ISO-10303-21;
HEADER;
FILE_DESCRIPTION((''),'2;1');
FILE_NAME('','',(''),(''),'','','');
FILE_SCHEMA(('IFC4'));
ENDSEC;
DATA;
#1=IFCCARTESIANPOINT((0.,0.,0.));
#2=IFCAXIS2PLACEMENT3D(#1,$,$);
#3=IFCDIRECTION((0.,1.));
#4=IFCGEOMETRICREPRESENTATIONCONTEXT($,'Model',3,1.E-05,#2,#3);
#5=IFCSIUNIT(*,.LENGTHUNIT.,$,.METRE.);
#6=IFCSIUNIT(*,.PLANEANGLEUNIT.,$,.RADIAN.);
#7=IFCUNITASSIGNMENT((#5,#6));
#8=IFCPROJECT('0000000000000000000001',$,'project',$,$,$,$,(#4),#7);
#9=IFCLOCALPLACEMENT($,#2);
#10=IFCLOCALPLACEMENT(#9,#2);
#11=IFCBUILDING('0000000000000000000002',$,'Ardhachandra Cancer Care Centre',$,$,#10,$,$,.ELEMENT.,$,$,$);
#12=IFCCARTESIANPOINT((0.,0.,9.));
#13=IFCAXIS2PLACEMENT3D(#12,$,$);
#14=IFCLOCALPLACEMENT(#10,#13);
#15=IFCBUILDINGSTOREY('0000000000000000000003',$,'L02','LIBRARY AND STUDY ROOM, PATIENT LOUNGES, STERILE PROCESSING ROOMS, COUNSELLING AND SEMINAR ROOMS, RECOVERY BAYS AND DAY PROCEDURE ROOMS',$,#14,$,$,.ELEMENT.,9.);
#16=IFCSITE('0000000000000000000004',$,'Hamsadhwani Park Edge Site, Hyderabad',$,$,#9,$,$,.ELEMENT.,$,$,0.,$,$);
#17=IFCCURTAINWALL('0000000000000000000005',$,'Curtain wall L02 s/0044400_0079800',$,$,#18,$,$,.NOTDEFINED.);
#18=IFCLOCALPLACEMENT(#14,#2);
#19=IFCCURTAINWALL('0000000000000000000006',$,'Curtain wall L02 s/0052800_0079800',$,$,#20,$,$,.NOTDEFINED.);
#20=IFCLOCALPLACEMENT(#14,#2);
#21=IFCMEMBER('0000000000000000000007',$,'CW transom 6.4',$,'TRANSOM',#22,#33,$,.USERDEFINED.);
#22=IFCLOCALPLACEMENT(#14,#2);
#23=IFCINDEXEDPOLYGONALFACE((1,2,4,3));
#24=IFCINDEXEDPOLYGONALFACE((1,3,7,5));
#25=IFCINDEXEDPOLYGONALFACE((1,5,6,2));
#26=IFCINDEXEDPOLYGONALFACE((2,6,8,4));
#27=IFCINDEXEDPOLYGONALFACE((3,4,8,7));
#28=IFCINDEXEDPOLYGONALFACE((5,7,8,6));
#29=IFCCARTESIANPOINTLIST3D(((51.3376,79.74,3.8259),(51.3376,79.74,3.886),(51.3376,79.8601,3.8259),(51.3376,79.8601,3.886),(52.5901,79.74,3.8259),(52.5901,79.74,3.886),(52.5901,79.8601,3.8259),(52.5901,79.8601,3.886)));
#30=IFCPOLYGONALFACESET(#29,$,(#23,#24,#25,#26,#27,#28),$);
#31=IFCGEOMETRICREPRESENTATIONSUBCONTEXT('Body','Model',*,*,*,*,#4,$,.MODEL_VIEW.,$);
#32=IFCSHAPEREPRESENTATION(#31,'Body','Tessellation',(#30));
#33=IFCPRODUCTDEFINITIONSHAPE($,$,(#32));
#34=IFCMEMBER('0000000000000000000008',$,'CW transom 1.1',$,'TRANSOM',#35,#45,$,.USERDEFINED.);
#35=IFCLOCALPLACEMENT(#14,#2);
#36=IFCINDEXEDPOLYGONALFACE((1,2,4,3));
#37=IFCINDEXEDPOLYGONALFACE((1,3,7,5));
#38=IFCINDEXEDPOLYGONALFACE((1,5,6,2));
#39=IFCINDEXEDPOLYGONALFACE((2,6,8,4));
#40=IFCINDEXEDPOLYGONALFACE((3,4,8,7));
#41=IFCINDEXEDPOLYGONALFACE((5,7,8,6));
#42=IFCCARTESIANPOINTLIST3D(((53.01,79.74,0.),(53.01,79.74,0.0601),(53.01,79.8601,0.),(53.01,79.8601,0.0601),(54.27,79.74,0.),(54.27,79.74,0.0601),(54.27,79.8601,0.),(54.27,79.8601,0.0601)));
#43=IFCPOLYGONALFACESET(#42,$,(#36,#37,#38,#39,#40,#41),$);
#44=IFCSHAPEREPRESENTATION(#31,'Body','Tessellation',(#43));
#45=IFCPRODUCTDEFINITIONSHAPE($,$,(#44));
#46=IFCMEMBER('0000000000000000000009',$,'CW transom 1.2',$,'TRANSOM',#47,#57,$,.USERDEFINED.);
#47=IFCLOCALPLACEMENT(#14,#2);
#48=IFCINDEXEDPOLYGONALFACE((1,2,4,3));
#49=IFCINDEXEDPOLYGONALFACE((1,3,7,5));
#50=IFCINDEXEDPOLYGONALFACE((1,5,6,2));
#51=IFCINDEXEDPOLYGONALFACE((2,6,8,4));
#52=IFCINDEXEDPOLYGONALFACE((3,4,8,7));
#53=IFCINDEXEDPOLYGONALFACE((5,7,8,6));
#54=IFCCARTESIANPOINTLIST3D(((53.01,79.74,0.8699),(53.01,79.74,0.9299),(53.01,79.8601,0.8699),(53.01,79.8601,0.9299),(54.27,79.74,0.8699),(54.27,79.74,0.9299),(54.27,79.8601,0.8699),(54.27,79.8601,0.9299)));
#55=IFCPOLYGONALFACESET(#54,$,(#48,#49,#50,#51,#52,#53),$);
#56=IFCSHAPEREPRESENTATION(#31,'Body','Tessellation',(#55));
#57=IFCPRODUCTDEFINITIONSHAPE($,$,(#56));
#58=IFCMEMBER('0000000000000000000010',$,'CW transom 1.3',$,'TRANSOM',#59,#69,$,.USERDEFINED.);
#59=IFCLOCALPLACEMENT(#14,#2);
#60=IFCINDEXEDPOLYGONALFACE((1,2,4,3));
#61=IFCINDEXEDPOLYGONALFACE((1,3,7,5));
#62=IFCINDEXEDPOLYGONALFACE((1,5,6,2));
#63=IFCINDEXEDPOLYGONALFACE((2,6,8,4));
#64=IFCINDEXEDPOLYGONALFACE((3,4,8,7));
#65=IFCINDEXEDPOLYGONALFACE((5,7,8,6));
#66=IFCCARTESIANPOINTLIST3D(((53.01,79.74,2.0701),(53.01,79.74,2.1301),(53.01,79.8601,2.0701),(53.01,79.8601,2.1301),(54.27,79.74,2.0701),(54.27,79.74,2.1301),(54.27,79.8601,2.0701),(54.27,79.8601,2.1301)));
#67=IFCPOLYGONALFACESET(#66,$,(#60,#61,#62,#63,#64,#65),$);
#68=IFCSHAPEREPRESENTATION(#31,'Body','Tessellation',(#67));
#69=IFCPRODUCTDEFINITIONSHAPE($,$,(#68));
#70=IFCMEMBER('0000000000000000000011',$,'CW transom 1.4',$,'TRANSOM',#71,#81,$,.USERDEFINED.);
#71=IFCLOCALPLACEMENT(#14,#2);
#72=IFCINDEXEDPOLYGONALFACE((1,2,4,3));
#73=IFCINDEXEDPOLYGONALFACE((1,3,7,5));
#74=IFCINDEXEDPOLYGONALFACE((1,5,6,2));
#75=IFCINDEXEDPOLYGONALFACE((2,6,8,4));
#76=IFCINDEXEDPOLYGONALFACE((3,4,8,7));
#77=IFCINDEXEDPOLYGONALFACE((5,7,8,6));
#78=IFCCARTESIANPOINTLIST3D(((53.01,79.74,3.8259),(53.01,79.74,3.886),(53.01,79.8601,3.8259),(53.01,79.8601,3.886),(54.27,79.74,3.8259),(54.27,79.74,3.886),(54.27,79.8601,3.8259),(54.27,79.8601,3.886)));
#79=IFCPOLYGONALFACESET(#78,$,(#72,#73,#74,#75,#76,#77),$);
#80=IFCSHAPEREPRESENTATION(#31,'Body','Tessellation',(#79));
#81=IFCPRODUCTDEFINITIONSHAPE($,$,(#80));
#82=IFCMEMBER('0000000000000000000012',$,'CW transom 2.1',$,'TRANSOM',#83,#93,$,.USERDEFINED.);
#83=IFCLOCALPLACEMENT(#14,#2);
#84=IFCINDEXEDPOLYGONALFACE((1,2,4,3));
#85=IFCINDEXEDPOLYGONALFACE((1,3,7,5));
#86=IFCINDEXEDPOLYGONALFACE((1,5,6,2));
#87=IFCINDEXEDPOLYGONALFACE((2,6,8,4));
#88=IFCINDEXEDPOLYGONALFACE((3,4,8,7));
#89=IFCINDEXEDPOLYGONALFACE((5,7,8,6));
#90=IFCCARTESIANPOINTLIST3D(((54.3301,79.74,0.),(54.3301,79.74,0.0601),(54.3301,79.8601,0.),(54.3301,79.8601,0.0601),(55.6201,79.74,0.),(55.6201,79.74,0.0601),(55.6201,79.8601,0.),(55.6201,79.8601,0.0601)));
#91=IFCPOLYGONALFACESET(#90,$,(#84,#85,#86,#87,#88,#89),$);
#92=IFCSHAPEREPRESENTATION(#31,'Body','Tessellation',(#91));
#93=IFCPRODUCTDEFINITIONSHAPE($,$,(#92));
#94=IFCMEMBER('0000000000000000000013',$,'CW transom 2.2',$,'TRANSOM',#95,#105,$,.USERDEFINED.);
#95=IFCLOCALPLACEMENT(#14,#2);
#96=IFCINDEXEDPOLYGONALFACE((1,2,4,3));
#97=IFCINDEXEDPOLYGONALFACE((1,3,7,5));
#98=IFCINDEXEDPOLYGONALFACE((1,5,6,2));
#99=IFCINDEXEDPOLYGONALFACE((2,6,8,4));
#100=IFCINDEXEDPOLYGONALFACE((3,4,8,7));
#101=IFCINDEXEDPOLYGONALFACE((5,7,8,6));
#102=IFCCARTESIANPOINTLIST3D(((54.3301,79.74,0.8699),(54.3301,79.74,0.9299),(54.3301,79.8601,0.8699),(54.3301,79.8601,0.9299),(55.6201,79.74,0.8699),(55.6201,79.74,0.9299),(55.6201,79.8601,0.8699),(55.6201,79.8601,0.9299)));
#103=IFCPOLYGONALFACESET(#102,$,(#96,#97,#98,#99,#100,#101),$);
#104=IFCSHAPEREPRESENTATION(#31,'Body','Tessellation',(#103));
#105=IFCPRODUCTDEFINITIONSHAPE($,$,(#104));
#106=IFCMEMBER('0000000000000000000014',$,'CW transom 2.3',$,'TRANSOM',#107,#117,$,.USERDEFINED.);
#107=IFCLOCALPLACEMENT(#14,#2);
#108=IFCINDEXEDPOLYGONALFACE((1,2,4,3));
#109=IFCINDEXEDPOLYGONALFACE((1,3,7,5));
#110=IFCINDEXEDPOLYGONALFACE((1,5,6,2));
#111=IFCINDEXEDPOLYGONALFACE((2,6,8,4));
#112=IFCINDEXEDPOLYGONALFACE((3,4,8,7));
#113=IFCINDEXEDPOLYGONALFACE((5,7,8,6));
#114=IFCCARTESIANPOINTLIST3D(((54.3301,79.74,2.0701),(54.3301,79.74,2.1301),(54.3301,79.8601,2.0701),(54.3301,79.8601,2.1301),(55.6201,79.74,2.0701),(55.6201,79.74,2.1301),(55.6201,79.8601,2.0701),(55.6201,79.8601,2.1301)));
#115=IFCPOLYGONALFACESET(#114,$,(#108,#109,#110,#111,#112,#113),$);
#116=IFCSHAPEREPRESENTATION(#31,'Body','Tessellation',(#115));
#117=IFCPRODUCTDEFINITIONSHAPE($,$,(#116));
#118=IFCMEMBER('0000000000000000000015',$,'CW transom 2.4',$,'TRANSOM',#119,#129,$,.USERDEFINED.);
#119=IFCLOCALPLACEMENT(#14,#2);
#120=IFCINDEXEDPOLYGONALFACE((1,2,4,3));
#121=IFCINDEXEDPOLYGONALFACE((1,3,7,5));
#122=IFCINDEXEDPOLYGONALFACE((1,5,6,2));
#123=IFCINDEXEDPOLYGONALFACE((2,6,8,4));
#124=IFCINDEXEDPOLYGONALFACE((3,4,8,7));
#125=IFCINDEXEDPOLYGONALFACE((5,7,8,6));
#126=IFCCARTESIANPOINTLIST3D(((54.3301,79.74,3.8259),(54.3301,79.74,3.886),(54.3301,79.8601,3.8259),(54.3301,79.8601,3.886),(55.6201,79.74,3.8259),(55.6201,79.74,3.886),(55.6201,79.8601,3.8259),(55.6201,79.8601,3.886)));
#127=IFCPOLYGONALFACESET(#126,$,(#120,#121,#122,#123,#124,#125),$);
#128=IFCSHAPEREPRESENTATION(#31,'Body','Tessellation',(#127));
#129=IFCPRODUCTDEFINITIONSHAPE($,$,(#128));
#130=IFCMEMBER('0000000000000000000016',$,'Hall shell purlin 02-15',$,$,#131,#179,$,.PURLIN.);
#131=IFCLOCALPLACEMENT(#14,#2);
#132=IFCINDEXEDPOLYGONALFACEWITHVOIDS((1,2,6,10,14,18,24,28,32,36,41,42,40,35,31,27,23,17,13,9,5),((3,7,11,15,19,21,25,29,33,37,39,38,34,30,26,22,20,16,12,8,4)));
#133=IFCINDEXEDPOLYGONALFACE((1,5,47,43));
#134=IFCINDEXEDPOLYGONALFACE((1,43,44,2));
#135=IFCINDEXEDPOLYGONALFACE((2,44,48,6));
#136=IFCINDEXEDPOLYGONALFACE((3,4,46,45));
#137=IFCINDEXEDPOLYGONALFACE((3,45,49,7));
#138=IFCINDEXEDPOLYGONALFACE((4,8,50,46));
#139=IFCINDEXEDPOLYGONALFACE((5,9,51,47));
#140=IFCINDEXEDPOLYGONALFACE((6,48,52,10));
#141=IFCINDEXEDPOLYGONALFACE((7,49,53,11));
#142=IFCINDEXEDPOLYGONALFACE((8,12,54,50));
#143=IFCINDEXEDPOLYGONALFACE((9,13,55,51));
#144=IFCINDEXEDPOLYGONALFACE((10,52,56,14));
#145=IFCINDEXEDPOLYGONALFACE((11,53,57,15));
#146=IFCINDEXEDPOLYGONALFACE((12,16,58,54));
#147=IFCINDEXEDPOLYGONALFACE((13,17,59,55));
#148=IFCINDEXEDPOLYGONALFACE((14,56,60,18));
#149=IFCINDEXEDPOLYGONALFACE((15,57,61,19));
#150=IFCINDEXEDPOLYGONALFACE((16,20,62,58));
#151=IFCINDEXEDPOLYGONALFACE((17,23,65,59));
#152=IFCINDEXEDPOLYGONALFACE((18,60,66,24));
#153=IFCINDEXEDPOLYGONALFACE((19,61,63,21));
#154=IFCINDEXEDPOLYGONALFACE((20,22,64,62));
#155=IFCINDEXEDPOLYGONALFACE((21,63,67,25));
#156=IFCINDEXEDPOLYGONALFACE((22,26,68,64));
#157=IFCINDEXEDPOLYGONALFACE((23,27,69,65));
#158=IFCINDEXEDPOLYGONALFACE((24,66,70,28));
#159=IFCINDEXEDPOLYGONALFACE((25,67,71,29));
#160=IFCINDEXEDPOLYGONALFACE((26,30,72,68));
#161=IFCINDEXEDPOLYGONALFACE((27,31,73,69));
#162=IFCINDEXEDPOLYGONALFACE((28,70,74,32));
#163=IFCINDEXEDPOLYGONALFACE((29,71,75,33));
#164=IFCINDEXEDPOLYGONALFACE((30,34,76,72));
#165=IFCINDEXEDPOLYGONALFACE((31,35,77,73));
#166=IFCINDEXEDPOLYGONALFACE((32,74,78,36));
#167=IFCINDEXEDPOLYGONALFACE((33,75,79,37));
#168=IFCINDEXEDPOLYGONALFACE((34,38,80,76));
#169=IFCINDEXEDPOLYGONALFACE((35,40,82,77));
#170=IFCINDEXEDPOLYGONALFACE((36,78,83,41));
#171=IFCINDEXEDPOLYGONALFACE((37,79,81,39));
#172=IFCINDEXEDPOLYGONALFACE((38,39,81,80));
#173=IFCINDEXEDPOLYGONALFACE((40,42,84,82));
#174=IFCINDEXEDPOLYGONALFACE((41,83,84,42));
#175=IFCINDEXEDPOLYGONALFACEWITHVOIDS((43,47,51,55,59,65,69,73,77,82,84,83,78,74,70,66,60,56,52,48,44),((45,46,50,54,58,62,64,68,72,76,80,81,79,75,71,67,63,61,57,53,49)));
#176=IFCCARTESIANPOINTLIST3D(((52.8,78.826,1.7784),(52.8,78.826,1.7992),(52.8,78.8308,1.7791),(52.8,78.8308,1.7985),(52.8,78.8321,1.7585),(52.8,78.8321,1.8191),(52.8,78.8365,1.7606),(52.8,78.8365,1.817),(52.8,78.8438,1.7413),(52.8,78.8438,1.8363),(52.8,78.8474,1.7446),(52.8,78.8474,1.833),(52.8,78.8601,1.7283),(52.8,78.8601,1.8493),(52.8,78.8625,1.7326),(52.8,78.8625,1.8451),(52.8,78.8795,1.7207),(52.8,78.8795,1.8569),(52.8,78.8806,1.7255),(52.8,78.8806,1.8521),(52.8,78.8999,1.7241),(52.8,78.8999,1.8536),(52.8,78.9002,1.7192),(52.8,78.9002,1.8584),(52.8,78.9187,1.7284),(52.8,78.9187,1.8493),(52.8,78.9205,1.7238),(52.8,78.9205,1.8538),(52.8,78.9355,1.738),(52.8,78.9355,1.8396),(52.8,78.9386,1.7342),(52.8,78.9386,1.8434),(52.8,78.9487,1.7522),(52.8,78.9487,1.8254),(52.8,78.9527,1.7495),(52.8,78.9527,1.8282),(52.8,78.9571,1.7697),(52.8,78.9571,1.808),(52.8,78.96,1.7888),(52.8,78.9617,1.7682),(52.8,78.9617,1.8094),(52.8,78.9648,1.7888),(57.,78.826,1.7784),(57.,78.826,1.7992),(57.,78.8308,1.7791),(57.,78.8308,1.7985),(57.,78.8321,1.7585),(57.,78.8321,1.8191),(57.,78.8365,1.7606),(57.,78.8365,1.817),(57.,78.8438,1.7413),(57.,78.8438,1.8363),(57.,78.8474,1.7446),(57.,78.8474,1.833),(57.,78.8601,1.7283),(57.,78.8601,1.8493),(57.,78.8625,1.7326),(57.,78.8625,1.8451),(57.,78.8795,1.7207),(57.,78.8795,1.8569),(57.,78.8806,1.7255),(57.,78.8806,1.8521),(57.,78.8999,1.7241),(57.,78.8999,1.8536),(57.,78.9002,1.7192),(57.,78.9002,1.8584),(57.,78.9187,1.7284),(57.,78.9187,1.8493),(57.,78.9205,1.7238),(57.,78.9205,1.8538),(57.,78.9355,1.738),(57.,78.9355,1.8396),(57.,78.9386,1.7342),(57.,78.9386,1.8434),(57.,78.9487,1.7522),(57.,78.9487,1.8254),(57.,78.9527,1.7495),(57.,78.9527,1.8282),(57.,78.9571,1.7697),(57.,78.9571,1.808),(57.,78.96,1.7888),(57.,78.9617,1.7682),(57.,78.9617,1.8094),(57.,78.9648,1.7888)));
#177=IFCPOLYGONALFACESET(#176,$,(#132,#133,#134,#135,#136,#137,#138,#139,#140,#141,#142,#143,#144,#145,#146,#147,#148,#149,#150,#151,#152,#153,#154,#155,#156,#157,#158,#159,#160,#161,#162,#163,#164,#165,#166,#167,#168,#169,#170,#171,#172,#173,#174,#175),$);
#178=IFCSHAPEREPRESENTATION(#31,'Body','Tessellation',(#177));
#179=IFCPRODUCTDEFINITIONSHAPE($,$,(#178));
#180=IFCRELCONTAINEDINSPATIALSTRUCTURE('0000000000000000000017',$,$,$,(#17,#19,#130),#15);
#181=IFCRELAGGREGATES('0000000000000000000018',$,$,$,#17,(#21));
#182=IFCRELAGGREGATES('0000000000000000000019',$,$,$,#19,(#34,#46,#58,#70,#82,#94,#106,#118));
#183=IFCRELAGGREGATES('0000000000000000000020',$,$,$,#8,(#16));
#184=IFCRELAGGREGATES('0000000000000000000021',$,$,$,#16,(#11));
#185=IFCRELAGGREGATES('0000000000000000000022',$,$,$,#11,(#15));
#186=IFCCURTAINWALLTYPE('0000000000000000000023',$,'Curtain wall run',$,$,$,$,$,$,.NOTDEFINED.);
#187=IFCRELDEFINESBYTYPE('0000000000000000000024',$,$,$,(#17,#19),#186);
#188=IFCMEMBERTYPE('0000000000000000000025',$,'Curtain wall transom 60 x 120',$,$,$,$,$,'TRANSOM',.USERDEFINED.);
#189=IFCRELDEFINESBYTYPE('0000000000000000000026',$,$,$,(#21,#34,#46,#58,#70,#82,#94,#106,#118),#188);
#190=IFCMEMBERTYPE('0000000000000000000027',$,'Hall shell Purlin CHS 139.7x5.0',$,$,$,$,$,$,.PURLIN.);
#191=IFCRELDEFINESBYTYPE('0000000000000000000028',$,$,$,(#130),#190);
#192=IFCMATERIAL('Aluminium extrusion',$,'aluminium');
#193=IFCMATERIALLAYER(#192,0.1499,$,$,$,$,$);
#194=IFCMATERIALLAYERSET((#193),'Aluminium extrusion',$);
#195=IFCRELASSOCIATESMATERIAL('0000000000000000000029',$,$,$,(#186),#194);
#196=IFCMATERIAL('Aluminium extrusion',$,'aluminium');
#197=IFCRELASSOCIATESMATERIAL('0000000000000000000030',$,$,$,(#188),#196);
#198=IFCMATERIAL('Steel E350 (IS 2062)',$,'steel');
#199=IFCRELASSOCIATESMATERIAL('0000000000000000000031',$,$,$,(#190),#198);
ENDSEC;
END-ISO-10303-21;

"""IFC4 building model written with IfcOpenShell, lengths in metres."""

from ifc_helpers import new_model, si_unit, direction, frame, origin, origin_2d, place, context, subcontext, project, spatial, rectangle, hollow_circle, extrude, material, layer, layer_set, material_profile, profile_set, type_object, element, aggregate, save


model = new_model("IFC4")

# Units and contexts
model_context = context("Model", 3, precision=1e-05, world=origin(), true_north=direction((0.0, 1.0)))
body_context = subcontext(model_context, "Body", "Model", "MODEL_VIEW")
ifc_project = project(units=[si_unit("LENGTHUNIT", "METRE"), si_unit("PLANEANGLEUNIT", "RADIAN")], contexts=[model_context])

# Site, building, storey
site_placement = place(None, origin())
site = spatial("IfcSite", under=ifc_project, at=site_placement, Name="Hamsadhwani Park Edge Site, Hyderabad", CompositionType="ELEMENT", RefElevation=0.0)
building_placement = place(site_placement, origin())
building = spatial("IfcBuilding", under=site, at=building_placement, Name="Ardhachandra Cancer Care Centre", CompositionType="ELEMENT")
storey_placement = place(building_placement, frame((0.0, 0.0, 9.0)))
storey = spatial("IfcBuildingStorey", under=building, at=storey_placement, Name="L02", Description="LIBRARY AND STUDY ROOM, PATIENT LOUNGES, STERILE PROCESSING ROOMS, COUNSELLING AND SEMINAR ROOMS, RECOVERY BAYS AND DAY PROCEDURE ROOMS", CompositionType="ELEMENT", Elevation=9.0)

# Curtain wall
ifc_material_1 = material(Name="Aluminium extrusion", Category="aluminium")
ifc_layer_1 = layer(ifc_material_1, 0.1499)
ifc_layer_set_1 = layer_set([ifc_layer_1], Name="Aluminium extrusion")
curtain_wall_type = type_object("IfcCurtainWallType", Name="Curtain wall run", PredefinedType="NOTDEFINED", material=ifc_layer_set_1)
curtain_wall_1_placement = place(storey_placement, origin())
curtain_wall_1 = element("IfcCurtainWall", 1, at=curtain_wall_1_placement, inside=storey, type_object=curtain_wall_type, Name="Curtain wall L02 s/0044400_0079800", PredefinedType="NOTDEFINED")

# Curtain wall
curtain_wall_2_placement = place(storey_placement, origin())
curtain_wall_2 = element("IfcCurtainWall", 2, at=curtain_wall_2_placement, inside=storey, type_object=curtain_wall_type, Name="Curtain wall L02 s/0052800_0079800", PredefinedType="NOTDEFINED")

# Members
ifc_material_2 = material(Name="Aluminium extrusion", Category="aluminium")
ifc_material_profile_1 = material_profile(ifc_material_2, rectangle(XDim=0.1201, YDim=0.0601, at=origin_2d()), Name="Curtain wall transom 60 x 120")
ifc_profile_set_1 = profile_set([ifc_material_profile_1], Name="Aluminium extrusion")
member_type_1 = type_object("IfcMemberType", Name="Curtain wall transom 60 x 120", ElementType="TRANSOM", PredefinedType="USERDEFINED", material=ifc_profile_set_1)
member_1_placement = place(storey_placement, frame((51.3376, 79.8, 3.856), z_axis=(1.0, 0.0, 0.0), x_axis=(0.0, 1.0, 0.0)))
member_1 = element("IfcMember", 3, at=member_1_placement, type_object=member_type_1, Name="CW transom 6.4", ObjectType="TRANSOM", PredefinedType="USERDEFINED", context=body_context, shape_type="SweptSolid", body=[
    extrude(rectangle(XDim=0.1201, YDim=0.0601, at=origin_2d()), origin(), (0.0, 0.0, 1.0), 1.2524),
])
member_2_placement = place(storey_placement, frame((53.01, 79.8, 0.03), z_axis=(1.0, 0.0, 0.0), x_axis=(0.0, 1.0, 0.0)))
member_2 = element("IfcMember", 4, at=member_2_placement, type_object=member_type_1, Name="CW transom 1.1", ObjectType="TRANSOM", PredefinedType="USERDEFINED", context=body_context, shape_type="SweptSolid", body=[
    extrude(rectangle(XDim=0.1201, YDim=0.0601, at=origin_2d()), origin(), (0.0, 0.0, 1.0), 1.26),
])
member_3_placement = place(storey_placement, frame((53.01, 79.8, 0.8999), z_axis=(1.0, 0.0, 0.0), x_axis=(0.0, 1.0, 0.0)))
member_3 = element("IfcMember", 5, at=member_3_placement, type_object=member_type_1, Name="CW transom 1.2", ObjectType="TRANSOM", PredefinedType="USERDEFINED", context=body_context, shape_type="SweptSolid", body=[
    extrude(rectangle(XDim=0.1201, YDim=0.0601, at=origin_2d()), origin(), (0.0, 0.0, 1.0), 1.26),
])
member_4_placement = place(storey_placement, frame((53.01, 79.8, 2.1001), z_axis=(1.0, 0.0, 0.0), x_axis=(0.0, 1.0, 0.0)))
member_4 = element("IfcMember", 6, at=member_4_placement, type_object=member_type_1, Name="CW transom 1.3", ObjectType="TRANSOM", PredefinedType="USERDEFINED", context=body_context, shape_type="SweptSolid", body=[
    extrude(rectangle(XDim=0.1201, YDim=0.0601, at=origin_2d()), origin(), (0.0, 0.0, 1.0), 1.26),
])
member_5_placement = place(storey_placement, frame((53.01, 79.8, 3.856), z_axis=(1.0, 0.0, 0.0), x_axis=(0.0, 1.0, 0.0)))
member_5 = element("IfcMember", 7, at=member_5_placement, type_object=member_type_1, Name="CW transom 1.4", ObjectType="TRANSOM", PredefinedType="USERDEFINED", context=body_context, shape_type="SweptSolid", body=[
    extrude(rectangle(XDim=0.1201, YDim=0.0601, at=origin_2d()), origin(), (0.0, 0.0, 1.0), 1.26),
])
member_6_placement = place(storey_placement, frame((54.3301, 79.8, 0.03), z_axis=(1.0, 0.0, 0.0), x_axis=(0.0, 1.0, 0.0)))
member_6 = element("IfcMember", 8, at=member_6_placement, type_object=member_type_1, Name="CW transom 2.1", ObjectType="TRANSOM", PredefinedType="USERDEFINED", context=body_context, shape_type="SweptSolid", body=[
    extrude(rectangle(XDim=0.1201, YDim=0.0601, at=origin_2d()), origin(), (0.0, 0.0, 1.0), 1.29),
])
member_7_placement = place(storey_placement, frame((54.3301, 79.8, 0.8999), z_axis=(1.0, 0.0, 0.0), x_axis=(0.0, 1.0, 0.0)))
member_7 = element("IfcMember", 9, at=member_7_placement, type_object=member_type_1, Name="CW transom 2.2", ObjectType="TRANSOM", PredefinedType="USERDEFINED", context=body_context, shape_type="SweptSolid", body=[
    extrude(rectangle(XDim=0.1201, YDim=0.0601, at=origin_2d()), origin(), (0.0, 0.0, 1.0), 1.29),
])
member_8_placement = place(storey_placement, frame((54.3301, 79.8, 2.1001), z_axis=(1.0, 0.0, 0.0), x_axis=(0.0, 1.0, 0.0)))
member_8 = element("IfcMember", 10, at=member_8_placement, type_object=member_type_1, Name="CW transom 2.3", ObjectType="TRANSOM", PredefinedType="USERDEFINED", context=body_context, shape_type="SweptSolid", body=[
    extrude(rectangle(XDim=0.1201, YDim=0.0601, at=origin_2d()), origin(), (0.0, 0.0, 1.0), 1.29),
])
member_9_placement = place(storey_placement, frame((54.3301, 79.8, 3.856), z_axis=(1.0, 0.0, 0.0), x_axis=(0.0, 1.0, 0.0)))
member_9 = element("IfcMember", 11, at=member_9_placement, type_object=member_type_1, Name="CW transom 2.4", ObjectType="TRANSOM", PredefinedType="USERDEFINED", context=body_context, shape_type="SweptSolid", body=[
    extrude(rectangle(XDim=0.1201, YDim=0.0601, at=origin_2d()), origin(), (0.0, 0.0, 1.0), 1.29),
])

# Member
ifc_material_3 = material(Name="Steel E350 (IS 2062)", Category="steel")
ifc_material_profile_2 = material_profile(ifc_material_3, hollow_circle(Radius=0.0698, WallThickness=0.0049, at=origin_2d()), Name="CHS 139.7x5.0")
ifc_profile_set_2 = profile_set([ifc_material_profile_2], Name="Steel E350 (IS 2062)")
member_type_2 = type_object("IfcMemberType", Name="Hall shell Purlin CHS 139.7x5.0", PredefinedType="PURLIN", material=ifc_profile_set_2)
member_10_placement = place(storey_placement, frame((52.8, 78.895, 1.7888), z_axis=(1.0, 0.0, 0.0), x_axis=(0.0, 1.0, 0.0)))
element("IfcMember", 12, at=member_10_placement, inside=storey, type_object=member_type_2, Name="Hall shell purlin 02-15", PredefinedType="PURLIN", context=body_context, shape_type="SweptSolid", body=[
    extrude(hollow_circle(Radius=0.0698, WallThickness=0.0049, at=origin_2d()), origin(), (0.0, 0.0, 1.0), 4.2),
])

aggregate(curtain_wall_1, [member_1])
aggregate(curtain_wall_2, [member_2, member_3, member_4, member_5, member_6, member_7, member_8, member_9])

save(model, "model.ifc")
